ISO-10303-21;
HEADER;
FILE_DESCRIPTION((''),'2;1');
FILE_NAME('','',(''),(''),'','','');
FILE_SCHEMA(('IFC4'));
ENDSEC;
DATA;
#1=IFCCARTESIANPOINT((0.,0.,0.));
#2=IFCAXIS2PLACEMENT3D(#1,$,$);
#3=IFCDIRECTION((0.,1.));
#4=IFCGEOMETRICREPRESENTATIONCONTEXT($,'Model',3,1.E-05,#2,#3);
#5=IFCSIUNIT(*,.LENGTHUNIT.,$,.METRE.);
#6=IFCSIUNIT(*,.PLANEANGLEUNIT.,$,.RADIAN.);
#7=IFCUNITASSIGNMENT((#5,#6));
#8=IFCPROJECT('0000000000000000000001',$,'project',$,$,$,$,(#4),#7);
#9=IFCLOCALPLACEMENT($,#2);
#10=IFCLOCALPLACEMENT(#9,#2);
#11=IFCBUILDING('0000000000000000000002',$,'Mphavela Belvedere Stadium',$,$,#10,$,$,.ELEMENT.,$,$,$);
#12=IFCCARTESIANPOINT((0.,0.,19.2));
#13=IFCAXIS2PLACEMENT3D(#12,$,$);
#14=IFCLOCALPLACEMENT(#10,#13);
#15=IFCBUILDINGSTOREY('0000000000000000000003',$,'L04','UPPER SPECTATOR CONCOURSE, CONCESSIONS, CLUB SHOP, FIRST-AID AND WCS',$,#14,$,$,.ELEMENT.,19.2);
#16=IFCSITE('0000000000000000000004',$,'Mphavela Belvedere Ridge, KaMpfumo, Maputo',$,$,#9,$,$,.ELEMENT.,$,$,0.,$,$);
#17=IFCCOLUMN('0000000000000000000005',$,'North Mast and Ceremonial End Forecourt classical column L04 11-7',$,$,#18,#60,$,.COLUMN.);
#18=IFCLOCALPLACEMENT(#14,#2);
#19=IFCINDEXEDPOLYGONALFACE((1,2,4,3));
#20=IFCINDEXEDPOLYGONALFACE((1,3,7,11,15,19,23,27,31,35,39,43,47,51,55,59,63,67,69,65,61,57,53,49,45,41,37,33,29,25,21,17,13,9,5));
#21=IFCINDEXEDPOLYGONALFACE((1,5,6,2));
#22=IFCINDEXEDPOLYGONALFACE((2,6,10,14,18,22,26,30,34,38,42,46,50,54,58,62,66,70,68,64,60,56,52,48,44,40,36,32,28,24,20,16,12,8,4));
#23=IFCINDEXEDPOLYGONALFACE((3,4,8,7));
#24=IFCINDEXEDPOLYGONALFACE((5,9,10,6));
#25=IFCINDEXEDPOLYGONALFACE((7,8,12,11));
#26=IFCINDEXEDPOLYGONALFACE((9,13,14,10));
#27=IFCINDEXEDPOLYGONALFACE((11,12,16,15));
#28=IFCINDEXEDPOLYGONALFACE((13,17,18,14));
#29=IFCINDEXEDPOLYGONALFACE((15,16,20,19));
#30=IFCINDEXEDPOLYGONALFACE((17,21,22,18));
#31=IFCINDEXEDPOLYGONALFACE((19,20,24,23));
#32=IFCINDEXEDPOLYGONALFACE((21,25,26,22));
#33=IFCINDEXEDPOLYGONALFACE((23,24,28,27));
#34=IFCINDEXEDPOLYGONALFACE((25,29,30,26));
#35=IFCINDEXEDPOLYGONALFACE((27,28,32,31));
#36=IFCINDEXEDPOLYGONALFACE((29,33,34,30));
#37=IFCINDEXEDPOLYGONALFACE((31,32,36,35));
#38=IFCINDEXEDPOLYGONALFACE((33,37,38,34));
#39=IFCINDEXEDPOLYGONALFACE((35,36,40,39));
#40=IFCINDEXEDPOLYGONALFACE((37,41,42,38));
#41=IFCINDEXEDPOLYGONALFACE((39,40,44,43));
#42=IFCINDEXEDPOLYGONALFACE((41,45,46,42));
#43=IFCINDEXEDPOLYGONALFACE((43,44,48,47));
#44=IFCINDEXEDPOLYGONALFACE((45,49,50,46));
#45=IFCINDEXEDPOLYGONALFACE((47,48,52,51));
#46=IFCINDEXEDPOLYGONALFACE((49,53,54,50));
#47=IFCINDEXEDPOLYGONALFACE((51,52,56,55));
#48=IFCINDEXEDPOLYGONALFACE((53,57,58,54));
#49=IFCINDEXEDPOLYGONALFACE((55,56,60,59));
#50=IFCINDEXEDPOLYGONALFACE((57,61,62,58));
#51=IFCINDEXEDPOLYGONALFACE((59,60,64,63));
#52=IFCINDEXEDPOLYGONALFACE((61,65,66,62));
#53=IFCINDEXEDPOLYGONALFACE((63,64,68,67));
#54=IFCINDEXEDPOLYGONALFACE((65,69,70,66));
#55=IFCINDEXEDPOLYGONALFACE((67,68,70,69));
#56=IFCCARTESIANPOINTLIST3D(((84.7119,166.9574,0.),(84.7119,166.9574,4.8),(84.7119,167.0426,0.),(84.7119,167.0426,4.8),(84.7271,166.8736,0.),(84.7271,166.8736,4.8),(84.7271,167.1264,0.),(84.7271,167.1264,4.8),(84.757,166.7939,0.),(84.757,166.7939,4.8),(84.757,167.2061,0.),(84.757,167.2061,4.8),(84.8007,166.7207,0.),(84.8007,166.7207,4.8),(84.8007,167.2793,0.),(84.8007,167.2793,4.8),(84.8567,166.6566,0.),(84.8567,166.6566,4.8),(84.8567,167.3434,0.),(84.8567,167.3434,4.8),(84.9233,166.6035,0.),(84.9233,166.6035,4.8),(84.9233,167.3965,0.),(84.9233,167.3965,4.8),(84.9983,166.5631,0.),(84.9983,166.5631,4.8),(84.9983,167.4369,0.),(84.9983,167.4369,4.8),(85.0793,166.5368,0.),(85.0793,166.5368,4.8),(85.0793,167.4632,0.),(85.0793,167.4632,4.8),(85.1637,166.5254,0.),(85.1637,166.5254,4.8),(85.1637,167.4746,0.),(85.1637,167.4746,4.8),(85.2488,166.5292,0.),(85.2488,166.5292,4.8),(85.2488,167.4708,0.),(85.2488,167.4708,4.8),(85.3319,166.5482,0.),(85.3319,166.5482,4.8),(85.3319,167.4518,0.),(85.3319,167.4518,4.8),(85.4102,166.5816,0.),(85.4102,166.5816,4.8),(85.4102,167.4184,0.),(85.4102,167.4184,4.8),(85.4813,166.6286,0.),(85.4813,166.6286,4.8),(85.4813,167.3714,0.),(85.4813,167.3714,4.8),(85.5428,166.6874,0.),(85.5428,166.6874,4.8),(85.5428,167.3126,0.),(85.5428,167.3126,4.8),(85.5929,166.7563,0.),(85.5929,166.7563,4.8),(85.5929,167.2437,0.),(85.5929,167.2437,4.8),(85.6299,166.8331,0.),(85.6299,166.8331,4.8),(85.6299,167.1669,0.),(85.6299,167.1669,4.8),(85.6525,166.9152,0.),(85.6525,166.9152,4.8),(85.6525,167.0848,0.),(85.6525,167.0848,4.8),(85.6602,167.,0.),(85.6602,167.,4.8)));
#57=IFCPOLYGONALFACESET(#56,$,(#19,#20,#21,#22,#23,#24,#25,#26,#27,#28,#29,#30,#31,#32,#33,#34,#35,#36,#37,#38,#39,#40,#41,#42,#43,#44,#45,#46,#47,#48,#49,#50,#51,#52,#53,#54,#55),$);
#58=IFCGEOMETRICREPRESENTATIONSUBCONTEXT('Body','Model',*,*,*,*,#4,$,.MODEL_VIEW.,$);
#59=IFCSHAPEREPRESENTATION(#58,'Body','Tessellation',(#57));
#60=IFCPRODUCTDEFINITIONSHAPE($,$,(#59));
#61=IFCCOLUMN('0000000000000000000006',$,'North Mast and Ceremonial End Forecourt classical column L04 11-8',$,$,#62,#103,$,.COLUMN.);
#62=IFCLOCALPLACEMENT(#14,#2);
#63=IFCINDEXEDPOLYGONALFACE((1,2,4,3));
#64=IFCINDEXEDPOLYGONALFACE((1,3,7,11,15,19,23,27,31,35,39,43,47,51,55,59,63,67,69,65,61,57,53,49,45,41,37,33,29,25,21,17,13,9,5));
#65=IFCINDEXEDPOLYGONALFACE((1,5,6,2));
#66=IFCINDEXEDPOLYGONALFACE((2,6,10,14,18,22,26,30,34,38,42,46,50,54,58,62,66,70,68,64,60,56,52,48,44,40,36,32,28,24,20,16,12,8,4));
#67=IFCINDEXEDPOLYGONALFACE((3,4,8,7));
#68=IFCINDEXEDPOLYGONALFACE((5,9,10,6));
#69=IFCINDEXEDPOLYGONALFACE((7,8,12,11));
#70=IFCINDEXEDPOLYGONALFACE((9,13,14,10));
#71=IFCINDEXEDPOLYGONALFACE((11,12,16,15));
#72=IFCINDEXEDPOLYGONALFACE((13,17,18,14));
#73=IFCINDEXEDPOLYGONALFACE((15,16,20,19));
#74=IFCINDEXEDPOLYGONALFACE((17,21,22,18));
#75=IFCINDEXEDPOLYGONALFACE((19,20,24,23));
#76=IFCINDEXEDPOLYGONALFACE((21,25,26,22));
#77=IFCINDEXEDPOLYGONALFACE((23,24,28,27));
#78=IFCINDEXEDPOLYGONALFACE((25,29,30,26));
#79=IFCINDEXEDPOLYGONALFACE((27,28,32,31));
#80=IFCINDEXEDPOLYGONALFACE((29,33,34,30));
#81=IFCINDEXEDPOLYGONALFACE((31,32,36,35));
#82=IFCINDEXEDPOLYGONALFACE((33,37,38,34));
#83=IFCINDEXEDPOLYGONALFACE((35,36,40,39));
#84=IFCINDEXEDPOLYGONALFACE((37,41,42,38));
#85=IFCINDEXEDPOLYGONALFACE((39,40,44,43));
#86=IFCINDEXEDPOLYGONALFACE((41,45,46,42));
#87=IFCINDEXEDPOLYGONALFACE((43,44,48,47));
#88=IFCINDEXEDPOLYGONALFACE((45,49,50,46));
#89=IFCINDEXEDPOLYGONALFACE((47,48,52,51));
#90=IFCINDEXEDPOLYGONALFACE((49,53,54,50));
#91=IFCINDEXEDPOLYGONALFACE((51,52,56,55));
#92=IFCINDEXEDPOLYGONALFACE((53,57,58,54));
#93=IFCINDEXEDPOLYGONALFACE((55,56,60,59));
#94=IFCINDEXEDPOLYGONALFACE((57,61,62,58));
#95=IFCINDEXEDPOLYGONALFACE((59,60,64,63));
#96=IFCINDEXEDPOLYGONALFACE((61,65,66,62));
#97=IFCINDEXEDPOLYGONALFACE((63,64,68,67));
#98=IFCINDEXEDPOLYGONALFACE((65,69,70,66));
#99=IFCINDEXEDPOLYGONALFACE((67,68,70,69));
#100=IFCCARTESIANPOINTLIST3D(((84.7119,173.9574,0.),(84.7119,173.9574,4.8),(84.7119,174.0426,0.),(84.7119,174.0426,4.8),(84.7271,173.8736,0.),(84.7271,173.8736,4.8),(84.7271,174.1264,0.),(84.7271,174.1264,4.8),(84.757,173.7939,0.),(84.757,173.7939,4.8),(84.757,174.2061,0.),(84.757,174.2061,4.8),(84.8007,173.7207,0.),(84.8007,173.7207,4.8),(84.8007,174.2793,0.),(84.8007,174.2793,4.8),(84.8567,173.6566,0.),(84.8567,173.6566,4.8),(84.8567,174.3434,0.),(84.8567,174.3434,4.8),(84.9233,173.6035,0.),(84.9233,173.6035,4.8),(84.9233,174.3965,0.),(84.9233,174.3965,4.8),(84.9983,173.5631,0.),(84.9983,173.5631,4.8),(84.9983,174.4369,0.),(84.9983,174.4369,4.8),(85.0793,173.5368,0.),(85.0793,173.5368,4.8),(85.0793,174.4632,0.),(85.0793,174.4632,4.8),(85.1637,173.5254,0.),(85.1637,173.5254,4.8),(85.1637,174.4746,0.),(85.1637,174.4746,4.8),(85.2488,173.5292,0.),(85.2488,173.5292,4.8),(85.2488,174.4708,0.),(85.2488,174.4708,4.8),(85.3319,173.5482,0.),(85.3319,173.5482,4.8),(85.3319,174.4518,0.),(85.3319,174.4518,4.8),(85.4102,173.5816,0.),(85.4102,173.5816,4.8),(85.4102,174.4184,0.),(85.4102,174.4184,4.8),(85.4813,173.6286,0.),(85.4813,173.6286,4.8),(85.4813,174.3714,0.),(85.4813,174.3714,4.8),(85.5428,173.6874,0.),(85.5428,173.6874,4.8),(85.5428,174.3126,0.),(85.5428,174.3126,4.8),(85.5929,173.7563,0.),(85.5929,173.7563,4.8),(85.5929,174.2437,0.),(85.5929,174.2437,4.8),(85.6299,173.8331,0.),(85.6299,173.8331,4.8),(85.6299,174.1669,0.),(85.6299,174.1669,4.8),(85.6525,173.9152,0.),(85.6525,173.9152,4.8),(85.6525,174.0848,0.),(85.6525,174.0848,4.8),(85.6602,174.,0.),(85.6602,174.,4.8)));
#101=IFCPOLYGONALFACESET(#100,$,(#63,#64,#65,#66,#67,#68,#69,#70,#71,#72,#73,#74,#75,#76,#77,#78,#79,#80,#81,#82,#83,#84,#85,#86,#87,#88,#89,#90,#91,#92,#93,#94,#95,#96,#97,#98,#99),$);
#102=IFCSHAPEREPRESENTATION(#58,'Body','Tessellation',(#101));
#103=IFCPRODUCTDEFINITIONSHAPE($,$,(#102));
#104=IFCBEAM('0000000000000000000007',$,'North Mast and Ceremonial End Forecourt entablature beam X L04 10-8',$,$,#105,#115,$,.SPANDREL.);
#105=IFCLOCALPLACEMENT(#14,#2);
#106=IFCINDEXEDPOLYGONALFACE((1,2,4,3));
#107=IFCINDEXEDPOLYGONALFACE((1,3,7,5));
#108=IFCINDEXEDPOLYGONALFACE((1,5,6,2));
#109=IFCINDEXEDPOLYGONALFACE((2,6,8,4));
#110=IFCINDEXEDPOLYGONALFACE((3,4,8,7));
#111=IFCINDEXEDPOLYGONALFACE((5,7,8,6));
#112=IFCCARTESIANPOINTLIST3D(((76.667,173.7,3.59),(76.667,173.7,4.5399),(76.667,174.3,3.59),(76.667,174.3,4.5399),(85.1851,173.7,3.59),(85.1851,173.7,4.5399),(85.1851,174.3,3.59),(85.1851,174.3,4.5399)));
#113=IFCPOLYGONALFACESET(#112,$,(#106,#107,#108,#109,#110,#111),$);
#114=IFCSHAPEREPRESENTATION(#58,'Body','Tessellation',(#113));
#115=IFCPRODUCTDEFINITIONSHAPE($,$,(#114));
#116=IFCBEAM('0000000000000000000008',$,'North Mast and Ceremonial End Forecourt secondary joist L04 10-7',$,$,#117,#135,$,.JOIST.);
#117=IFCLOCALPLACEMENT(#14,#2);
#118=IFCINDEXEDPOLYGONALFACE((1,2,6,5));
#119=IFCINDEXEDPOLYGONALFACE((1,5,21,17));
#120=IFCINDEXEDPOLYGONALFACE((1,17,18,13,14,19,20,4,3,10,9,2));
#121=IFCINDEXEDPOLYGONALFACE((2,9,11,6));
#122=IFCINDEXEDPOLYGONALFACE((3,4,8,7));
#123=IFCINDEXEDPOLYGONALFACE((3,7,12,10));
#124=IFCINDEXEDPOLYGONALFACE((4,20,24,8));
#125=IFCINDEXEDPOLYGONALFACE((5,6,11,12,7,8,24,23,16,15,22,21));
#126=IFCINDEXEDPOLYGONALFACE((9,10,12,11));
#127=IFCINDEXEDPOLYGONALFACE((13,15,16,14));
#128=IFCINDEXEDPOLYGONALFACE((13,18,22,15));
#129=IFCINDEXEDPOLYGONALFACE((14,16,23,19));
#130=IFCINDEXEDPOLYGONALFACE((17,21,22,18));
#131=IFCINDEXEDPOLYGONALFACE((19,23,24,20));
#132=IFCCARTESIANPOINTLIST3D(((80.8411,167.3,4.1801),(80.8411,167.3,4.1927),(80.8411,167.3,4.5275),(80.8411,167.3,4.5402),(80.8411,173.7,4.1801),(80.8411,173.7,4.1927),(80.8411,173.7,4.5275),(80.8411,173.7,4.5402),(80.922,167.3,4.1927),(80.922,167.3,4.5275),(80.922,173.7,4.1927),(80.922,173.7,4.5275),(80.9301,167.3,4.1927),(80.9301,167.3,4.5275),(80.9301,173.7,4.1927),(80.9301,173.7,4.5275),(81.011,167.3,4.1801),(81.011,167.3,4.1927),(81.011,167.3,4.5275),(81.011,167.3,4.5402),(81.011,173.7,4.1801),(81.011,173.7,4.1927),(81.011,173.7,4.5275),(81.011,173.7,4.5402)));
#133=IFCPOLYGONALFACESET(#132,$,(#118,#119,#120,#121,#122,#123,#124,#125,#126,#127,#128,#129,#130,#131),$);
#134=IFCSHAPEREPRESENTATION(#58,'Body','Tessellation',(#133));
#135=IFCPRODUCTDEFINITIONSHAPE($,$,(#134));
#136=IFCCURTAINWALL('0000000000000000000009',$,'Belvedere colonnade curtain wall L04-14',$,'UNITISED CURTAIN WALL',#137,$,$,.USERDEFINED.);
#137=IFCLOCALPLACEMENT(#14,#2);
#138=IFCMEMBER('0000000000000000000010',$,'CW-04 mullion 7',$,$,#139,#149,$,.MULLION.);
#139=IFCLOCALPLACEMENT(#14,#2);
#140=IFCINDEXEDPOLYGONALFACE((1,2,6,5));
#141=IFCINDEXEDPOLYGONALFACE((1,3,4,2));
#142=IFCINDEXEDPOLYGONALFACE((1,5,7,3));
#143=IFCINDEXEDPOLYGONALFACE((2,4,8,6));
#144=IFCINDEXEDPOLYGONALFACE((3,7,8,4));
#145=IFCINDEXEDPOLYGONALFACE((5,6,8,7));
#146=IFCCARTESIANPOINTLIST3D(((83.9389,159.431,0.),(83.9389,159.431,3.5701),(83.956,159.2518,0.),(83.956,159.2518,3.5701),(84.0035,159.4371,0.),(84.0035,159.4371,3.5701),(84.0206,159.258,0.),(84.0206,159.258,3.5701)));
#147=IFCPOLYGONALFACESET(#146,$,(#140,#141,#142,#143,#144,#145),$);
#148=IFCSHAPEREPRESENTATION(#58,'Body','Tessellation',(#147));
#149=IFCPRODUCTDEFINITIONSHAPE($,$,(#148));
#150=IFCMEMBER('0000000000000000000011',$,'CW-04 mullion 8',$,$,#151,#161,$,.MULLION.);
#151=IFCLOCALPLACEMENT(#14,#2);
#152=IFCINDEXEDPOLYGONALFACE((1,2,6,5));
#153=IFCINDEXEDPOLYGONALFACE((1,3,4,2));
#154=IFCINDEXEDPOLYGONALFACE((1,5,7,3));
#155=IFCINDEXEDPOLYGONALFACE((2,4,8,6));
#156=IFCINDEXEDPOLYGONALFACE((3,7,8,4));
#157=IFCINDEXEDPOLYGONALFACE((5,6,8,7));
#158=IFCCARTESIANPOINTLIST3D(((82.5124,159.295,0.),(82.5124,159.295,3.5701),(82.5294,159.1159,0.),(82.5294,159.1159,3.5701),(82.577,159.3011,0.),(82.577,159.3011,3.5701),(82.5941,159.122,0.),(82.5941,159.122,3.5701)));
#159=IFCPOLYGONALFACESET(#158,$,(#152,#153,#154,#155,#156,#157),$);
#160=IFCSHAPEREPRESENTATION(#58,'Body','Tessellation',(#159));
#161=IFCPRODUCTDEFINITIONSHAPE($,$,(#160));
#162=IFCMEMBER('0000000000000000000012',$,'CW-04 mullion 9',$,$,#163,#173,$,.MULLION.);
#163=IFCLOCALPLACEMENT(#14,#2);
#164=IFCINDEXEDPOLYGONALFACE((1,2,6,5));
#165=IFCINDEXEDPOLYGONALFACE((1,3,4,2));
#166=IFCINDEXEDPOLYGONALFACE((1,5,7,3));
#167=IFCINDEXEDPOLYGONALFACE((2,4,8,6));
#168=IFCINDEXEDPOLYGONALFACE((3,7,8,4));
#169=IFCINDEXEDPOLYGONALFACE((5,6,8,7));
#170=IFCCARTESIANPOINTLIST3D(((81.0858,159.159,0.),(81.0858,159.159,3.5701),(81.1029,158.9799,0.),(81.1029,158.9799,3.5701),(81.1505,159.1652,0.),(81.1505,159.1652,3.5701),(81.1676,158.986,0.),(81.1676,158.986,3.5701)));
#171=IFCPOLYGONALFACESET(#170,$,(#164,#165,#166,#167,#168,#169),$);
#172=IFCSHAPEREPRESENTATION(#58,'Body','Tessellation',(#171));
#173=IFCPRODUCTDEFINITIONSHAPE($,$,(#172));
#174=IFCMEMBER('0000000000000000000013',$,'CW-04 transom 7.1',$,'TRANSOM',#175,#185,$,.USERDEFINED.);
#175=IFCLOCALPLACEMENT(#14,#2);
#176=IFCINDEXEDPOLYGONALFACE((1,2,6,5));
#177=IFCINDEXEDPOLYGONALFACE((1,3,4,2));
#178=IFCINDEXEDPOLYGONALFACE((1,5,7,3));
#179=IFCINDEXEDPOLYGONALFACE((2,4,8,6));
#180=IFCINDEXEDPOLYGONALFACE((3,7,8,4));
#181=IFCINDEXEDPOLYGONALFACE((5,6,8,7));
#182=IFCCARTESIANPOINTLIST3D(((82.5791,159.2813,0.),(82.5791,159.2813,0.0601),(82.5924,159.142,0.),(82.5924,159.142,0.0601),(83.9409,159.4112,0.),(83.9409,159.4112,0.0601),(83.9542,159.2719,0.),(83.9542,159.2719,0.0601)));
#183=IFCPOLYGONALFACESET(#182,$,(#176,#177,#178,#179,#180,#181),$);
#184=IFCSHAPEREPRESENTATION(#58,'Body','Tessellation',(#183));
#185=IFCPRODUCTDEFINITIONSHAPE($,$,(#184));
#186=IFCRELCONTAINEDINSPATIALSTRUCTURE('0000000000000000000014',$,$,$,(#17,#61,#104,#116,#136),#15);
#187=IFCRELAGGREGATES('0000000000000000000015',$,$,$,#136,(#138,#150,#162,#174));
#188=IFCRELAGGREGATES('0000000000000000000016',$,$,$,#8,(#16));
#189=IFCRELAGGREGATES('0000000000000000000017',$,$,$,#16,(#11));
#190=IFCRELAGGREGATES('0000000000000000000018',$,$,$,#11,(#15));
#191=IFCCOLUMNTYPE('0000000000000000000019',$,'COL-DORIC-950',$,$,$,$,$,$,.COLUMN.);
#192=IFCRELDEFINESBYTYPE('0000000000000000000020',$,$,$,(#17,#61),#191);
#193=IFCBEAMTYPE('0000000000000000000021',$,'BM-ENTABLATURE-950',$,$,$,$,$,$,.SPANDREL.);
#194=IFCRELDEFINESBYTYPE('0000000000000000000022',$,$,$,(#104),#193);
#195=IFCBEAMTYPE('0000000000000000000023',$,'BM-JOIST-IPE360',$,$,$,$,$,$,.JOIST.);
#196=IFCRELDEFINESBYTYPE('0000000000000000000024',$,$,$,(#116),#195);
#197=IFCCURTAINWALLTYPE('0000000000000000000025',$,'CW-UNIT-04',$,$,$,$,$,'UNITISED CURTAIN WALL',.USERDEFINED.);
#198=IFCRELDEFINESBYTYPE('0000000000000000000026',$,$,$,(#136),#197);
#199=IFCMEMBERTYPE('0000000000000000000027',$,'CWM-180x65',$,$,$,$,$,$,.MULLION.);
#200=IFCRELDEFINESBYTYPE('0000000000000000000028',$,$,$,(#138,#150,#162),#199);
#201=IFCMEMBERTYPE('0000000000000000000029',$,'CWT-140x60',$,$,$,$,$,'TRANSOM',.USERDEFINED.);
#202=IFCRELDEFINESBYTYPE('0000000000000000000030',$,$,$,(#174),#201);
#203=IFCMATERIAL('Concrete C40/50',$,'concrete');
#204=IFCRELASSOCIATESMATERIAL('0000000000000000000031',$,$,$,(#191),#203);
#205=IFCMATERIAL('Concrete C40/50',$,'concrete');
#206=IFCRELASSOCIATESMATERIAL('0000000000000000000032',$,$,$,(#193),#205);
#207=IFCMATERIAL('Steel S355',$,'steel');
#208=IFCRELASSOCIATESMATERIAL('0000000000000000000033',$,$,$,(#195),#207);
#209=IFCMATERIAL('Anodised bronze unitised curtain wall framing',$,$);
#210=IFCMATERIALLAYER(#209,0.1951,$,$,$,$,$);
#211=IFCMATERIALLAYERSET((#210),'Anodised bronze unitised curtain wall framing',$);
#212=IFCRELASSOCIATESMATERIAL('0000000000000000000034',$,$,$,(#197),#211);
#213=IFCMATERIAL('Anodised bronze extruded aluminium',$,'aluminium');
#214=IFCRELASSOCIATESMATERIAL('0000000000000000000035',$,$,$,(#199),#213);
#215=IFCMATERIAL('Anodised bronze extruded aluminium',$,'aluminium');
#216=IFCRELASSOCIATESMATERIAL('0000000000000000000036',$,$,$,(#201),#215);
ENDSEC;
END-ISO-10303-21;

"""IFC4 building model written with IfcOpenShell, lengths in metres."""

from ifc_helpers import new_model, si_unit, direction, frame, origin, origin_2d, place, context, subcontext, project, spatial, rectangle, circle, i_section, extrude, material, layer, layer_set, material_profile, profile_set, type_object, element, aggregate, save


model = new_model("IFC4")

# Units and contexts
model_context = context("Model", 3, precision=1e-05, world=origin(), true_north=direction((0.0, 1.0)))
body_context = subcontext(model_context, "Body", "Model", "MODEL_VIEW")
ifc_project = project(units=[si_unit("LENGTHUNIT", "METRE"), si_unit("PLANEANGLEUNIT", "RADIAN")], contexts=[model_context])

# Site, building, storey
site_placement = place(None, origin())
site = spatial("IfcSite", under=ifc_project, at=site_placement, Name="Mphavela Belvedere Ridge, KaMpfumo, Maputo", CompositionType="ELEMENT", RefElevation=0.0)
building_placement = place(site_placement, origin())
building = spatial("IfcBuilding", under=site, at=building_placement, Name="Mphavela Belvedere Stadium", CompositionType="ELEMENT")
storey_placement = place(building_placement, frame((0.0, 0.0, 19.2)))
storey = spatial("IfcBuildingStorey", under=building, at=storey_placement, Name="L04", Description="UPPER SPECTATOR CONCOURSE, CONCESSIONS, CLUB SHOP, FIRST-AID AND WCS", CompositionType="ELEMENT", Elevation=19.2)

# Columns
ifc_material_1 = material(Name="Concrete C40/50", Category="concrete")
ifc_material_profile_1 = material_profile(ifc_material_1, circle(Radius=0.4751, at=origin_2d()), Name="COL D950")
ifc_profile_set_1 = profile_set([ifc_material_profile_1], Name="Concrete C40/50")
column_type = type_object("IfcColumnType", Name="COL-DORIC-950", PredefinedType="COLUMN", material=ifc_profile_set_1)
for number, where, z_axis, x_axis, name in (
    (1, (85.1851, 167.0, 0.0), (0.0, 0.0, 1.0), (1.0, 0.0, 0.0), "North Mast and Ceremonial End Forecourt classical column L04 11-7"),
    (2, (85.1851, 174.0, 0.0), (0.0, 0.0, 1.0), (1.0, 0.0, 0.0), "North Mast and Ceremonial End Forecourt classical column L04 11-8"),
):
    element("IfcColumn", number, at=place(storey_placement, frame(where, z_axis=z_axis, x_axis=x_axis)), inside=storey, type_object=column_type, Name=name, PredefinedType="COLUMN", context=body_context, shape_type="SweptSolid", body=[
        extrude(circle(Radius=0.4751, at=origin_2d()), origin(), (0.0, 0.0, 1.0), 4.8),
    ])

# Beams
ifc_material_2 = material(Name="Concrete C40/50", Category="concrete")
ifc_material_profile_2 = material_profile(ifc_material_2, rectangle(XDim=0.6001, YDim=0.95, at=origin_2d()), Name="RC 600x950")
ifc_profile_set_2 = profile_set([ifc_material_profile_2], Name="Concrete C40/50")
beam_type_1 = type_object("IfcBeamType", Name="BM-ENTABLATURE-950", PredefinedType="SPANDREL", material=ifc_profile_set_2)
beam_1_placement = place(storey_placement, frame((76.667, 174.0, 4.0649), z_axis=(1.0, 0.0, 0.0), x_axis=(0.0, 1.0, 0.0)))
element("IfcBeam", 3, at=beam_1_placement, inside=storey, type_object=beam_type_1, Name="North Mast and Ceremonial End Forecourt entablature beam X L04 10-8", PredefinedType="SPANDREL", context=body_context, shape_type="SweptSolid", body=[
    extrude(rectangle(XDim=0.6001, YDim=0.95, at=origin_2d()), origin(), (0.0, 0.0, 1.0), 8.5181),
])
ifc_material_3 = material(Name="Steel S355", Category="steel")
ifc_material_profile_3 = material_profile(ifc_material_3, i_section(OverallWidth=0.1699, OverallDepth=0.3601, WebThickness=0.0081, FlangeThickness=0.0127, at=origin_2d()), Name="IPE 360")
ifc_profile_set_3 = profile_set([ifc_material_profile_3], Name="Steel S355")
beam_type_2 = type_object("IfcBeamType", Name="BM-JOIST-IPE360", PredefinedType="JOIST", material=ifc_profile_set_3)
beam_2_placement = place(storey_placement, frame((80.926, 167.3, 4.3601), z_axis=(0.0, 1.0, 0.0), x_axis=(-1.0, 0.0, 0.0)))
element("IfcBeam", 4, at=beam_2_placement, inside=storey, type_object=beam_type_2, Name="North Mast and Ceremonial End Forecourt secondary joist L04 10-7", PredefinedType="JOIST", context=body_context, shape_type="SweptSolid", body=[
    extrude(i_section(OverallWidth=0.1699, OverallDepth=0.3601, WebThickness=0.0081, FlangeThickness=0.0127, at=origin_2d()), origin(), (0.0, 0.0, 1.0), 6.3999),
])

# Curtain wall, members
ifc_material_4 = material(Name="Anodised bronze unitised curtain wall framing")
ifc_layer_1 = layer(ifc_material_4, 0.1951)
ifc_layer_set_1 = layer_set([ifc_layer_1], Name="Anodised bronze unitised curtain wall framing")
curtain_wall_type = type_object("IfcCurtainWallType", Name="CW-UNIT-04", ElementType="UNITISED CURTAIN WALL", PredefinedType="USERDEFINED", material=ifc_layer_set_1)
curtain_wall_placement = place(storey_placement, origin())
curtain_wall = element("IfcCurtainWall", 5, at=curtain_wall_placement, inside=storey, type_object=curtain_wall_type, Name="Belvedere colonnade curtain wall L04-14", ObjectType="UNITISED CURTAIN WALL", PredefinedType="USERDEFINED")
ifc_material_5 = material(Name="Anodised bronze extruded aluminium", Category="aluminium")
ifc_material_profile_4 = material_profile(ifc_material_5, rectangle(XDim=0.1799, YDim=0.0649, at=origin_2d()), Name="CW-MUL 180x65")
ifc_profile_set_4 = profile_set([ifc_material_profile_4], Name="Anodised bronze extruded aluminium")
member_type_1 = type_object("IfcMemberType", Name="CWM-180x65", PredefinedType="MULLION", material=ifc_profile_set_4)
member_1_placement = place(storey_placement, frame((83.9797, 159.3445, 0.0), z_axis=(0.0, 0.0, 1.0), x_axis=(0.094933, -0.995484, 0.0)))
member_1 = element("IfcMember", 6, at=member_1_placement, type_object=member_type_1, Name="CW-04 mullion 7", PredefinedType="MULLION", context=body_context, shape_type="SweptSolid", body=[
    extrude(rectangle(XDim=0.1799, YDim=0.0649, at=origin_2d()), origin(), (0.0, 0.0, 1.0), 3.5701),
])
member_2_placement = place(storey_placement, frame((82.5532, 159.2085, 0.0), z_axis=(0.0, 0.0, 1.0), x_axis=(0.094933, -0.995484, 0.0)))
member_2 = element("IfcMember", 7, at=member_2_placement, type_object=member_type_1, Name="CW-04 mullion 8", PredefinedType="MULLION", context=body_context, shape_type="SweptSolid", body=[
    extrude(rectangle(XDim=0.1799, YDim=0.0649, at=origin_2d()), origin(), (0.0, 0.0, 1.0), 3.5701),
])
member_3_placement = place(storey_placement, frame((81.1267, 159.0725, 0.0), z_axis=(0.0, 0.0, 1.0), x_axis=(0.094933, -0.995484, 0.0)))
member_3 = element("IfcMember", 8, at=member_3_placement, type_object=member_type_1, Name="CW-04 mullion 9", PredefinedType="MULLION", context=body_context, shape_type="SweptSolid", body=[
    extrude(rectangle(XDim=0.1799, YDim=0.0649, at=origin_2d()), origin(), (0.0, 0.0, 1.0), 3.5701),
])
ifc_material_6 = material(Name="Anodised bronze extruded aluminium", Category="aluminium")
ifc_material_profile_5 = material_profile(ifc_material_6, rectangle(XDim=0.1399, YDim=0.0601, at=origin_2d()), Name="CW-TRN 140x60")
ifc_profile_set_5 = profile_set([ifc_material_profile_5], Name="Anodised bronze extruded aluminium")
member_type_2 = type_object("IfcMemberType", Name="CWT-140x60", ElementType="TRANSOM", PredefinedType="USERDEFINED", material=ifc_profile_set_5)
member_4_placement = place(storey_placement, frame((83.9475, 159.3416, 0.03), z_axis=(-0.995483, -0.094944, 0.0), x_axis=(0.094944, -0.995483, 0.0)))
member_4 = element("IfcMember", 9, at=member_4_placement, type_object=member_type_2, Name="CW-04 transom 7.1", ObjectType="TRANSOM", PredefinedType="USERDEFINED", context=body_context, shape_type="SweptSolid", body=[
    extrude(rectangle(XDim=0.1399, YDim=0.0601, at=origin_2d()), origin(), (0.0, 0.0, 1.0), 1.3679),
])
aggregate(curtain_wall, [member_1, member_2, member_3, member_4])

save(model, "model.ifc")
